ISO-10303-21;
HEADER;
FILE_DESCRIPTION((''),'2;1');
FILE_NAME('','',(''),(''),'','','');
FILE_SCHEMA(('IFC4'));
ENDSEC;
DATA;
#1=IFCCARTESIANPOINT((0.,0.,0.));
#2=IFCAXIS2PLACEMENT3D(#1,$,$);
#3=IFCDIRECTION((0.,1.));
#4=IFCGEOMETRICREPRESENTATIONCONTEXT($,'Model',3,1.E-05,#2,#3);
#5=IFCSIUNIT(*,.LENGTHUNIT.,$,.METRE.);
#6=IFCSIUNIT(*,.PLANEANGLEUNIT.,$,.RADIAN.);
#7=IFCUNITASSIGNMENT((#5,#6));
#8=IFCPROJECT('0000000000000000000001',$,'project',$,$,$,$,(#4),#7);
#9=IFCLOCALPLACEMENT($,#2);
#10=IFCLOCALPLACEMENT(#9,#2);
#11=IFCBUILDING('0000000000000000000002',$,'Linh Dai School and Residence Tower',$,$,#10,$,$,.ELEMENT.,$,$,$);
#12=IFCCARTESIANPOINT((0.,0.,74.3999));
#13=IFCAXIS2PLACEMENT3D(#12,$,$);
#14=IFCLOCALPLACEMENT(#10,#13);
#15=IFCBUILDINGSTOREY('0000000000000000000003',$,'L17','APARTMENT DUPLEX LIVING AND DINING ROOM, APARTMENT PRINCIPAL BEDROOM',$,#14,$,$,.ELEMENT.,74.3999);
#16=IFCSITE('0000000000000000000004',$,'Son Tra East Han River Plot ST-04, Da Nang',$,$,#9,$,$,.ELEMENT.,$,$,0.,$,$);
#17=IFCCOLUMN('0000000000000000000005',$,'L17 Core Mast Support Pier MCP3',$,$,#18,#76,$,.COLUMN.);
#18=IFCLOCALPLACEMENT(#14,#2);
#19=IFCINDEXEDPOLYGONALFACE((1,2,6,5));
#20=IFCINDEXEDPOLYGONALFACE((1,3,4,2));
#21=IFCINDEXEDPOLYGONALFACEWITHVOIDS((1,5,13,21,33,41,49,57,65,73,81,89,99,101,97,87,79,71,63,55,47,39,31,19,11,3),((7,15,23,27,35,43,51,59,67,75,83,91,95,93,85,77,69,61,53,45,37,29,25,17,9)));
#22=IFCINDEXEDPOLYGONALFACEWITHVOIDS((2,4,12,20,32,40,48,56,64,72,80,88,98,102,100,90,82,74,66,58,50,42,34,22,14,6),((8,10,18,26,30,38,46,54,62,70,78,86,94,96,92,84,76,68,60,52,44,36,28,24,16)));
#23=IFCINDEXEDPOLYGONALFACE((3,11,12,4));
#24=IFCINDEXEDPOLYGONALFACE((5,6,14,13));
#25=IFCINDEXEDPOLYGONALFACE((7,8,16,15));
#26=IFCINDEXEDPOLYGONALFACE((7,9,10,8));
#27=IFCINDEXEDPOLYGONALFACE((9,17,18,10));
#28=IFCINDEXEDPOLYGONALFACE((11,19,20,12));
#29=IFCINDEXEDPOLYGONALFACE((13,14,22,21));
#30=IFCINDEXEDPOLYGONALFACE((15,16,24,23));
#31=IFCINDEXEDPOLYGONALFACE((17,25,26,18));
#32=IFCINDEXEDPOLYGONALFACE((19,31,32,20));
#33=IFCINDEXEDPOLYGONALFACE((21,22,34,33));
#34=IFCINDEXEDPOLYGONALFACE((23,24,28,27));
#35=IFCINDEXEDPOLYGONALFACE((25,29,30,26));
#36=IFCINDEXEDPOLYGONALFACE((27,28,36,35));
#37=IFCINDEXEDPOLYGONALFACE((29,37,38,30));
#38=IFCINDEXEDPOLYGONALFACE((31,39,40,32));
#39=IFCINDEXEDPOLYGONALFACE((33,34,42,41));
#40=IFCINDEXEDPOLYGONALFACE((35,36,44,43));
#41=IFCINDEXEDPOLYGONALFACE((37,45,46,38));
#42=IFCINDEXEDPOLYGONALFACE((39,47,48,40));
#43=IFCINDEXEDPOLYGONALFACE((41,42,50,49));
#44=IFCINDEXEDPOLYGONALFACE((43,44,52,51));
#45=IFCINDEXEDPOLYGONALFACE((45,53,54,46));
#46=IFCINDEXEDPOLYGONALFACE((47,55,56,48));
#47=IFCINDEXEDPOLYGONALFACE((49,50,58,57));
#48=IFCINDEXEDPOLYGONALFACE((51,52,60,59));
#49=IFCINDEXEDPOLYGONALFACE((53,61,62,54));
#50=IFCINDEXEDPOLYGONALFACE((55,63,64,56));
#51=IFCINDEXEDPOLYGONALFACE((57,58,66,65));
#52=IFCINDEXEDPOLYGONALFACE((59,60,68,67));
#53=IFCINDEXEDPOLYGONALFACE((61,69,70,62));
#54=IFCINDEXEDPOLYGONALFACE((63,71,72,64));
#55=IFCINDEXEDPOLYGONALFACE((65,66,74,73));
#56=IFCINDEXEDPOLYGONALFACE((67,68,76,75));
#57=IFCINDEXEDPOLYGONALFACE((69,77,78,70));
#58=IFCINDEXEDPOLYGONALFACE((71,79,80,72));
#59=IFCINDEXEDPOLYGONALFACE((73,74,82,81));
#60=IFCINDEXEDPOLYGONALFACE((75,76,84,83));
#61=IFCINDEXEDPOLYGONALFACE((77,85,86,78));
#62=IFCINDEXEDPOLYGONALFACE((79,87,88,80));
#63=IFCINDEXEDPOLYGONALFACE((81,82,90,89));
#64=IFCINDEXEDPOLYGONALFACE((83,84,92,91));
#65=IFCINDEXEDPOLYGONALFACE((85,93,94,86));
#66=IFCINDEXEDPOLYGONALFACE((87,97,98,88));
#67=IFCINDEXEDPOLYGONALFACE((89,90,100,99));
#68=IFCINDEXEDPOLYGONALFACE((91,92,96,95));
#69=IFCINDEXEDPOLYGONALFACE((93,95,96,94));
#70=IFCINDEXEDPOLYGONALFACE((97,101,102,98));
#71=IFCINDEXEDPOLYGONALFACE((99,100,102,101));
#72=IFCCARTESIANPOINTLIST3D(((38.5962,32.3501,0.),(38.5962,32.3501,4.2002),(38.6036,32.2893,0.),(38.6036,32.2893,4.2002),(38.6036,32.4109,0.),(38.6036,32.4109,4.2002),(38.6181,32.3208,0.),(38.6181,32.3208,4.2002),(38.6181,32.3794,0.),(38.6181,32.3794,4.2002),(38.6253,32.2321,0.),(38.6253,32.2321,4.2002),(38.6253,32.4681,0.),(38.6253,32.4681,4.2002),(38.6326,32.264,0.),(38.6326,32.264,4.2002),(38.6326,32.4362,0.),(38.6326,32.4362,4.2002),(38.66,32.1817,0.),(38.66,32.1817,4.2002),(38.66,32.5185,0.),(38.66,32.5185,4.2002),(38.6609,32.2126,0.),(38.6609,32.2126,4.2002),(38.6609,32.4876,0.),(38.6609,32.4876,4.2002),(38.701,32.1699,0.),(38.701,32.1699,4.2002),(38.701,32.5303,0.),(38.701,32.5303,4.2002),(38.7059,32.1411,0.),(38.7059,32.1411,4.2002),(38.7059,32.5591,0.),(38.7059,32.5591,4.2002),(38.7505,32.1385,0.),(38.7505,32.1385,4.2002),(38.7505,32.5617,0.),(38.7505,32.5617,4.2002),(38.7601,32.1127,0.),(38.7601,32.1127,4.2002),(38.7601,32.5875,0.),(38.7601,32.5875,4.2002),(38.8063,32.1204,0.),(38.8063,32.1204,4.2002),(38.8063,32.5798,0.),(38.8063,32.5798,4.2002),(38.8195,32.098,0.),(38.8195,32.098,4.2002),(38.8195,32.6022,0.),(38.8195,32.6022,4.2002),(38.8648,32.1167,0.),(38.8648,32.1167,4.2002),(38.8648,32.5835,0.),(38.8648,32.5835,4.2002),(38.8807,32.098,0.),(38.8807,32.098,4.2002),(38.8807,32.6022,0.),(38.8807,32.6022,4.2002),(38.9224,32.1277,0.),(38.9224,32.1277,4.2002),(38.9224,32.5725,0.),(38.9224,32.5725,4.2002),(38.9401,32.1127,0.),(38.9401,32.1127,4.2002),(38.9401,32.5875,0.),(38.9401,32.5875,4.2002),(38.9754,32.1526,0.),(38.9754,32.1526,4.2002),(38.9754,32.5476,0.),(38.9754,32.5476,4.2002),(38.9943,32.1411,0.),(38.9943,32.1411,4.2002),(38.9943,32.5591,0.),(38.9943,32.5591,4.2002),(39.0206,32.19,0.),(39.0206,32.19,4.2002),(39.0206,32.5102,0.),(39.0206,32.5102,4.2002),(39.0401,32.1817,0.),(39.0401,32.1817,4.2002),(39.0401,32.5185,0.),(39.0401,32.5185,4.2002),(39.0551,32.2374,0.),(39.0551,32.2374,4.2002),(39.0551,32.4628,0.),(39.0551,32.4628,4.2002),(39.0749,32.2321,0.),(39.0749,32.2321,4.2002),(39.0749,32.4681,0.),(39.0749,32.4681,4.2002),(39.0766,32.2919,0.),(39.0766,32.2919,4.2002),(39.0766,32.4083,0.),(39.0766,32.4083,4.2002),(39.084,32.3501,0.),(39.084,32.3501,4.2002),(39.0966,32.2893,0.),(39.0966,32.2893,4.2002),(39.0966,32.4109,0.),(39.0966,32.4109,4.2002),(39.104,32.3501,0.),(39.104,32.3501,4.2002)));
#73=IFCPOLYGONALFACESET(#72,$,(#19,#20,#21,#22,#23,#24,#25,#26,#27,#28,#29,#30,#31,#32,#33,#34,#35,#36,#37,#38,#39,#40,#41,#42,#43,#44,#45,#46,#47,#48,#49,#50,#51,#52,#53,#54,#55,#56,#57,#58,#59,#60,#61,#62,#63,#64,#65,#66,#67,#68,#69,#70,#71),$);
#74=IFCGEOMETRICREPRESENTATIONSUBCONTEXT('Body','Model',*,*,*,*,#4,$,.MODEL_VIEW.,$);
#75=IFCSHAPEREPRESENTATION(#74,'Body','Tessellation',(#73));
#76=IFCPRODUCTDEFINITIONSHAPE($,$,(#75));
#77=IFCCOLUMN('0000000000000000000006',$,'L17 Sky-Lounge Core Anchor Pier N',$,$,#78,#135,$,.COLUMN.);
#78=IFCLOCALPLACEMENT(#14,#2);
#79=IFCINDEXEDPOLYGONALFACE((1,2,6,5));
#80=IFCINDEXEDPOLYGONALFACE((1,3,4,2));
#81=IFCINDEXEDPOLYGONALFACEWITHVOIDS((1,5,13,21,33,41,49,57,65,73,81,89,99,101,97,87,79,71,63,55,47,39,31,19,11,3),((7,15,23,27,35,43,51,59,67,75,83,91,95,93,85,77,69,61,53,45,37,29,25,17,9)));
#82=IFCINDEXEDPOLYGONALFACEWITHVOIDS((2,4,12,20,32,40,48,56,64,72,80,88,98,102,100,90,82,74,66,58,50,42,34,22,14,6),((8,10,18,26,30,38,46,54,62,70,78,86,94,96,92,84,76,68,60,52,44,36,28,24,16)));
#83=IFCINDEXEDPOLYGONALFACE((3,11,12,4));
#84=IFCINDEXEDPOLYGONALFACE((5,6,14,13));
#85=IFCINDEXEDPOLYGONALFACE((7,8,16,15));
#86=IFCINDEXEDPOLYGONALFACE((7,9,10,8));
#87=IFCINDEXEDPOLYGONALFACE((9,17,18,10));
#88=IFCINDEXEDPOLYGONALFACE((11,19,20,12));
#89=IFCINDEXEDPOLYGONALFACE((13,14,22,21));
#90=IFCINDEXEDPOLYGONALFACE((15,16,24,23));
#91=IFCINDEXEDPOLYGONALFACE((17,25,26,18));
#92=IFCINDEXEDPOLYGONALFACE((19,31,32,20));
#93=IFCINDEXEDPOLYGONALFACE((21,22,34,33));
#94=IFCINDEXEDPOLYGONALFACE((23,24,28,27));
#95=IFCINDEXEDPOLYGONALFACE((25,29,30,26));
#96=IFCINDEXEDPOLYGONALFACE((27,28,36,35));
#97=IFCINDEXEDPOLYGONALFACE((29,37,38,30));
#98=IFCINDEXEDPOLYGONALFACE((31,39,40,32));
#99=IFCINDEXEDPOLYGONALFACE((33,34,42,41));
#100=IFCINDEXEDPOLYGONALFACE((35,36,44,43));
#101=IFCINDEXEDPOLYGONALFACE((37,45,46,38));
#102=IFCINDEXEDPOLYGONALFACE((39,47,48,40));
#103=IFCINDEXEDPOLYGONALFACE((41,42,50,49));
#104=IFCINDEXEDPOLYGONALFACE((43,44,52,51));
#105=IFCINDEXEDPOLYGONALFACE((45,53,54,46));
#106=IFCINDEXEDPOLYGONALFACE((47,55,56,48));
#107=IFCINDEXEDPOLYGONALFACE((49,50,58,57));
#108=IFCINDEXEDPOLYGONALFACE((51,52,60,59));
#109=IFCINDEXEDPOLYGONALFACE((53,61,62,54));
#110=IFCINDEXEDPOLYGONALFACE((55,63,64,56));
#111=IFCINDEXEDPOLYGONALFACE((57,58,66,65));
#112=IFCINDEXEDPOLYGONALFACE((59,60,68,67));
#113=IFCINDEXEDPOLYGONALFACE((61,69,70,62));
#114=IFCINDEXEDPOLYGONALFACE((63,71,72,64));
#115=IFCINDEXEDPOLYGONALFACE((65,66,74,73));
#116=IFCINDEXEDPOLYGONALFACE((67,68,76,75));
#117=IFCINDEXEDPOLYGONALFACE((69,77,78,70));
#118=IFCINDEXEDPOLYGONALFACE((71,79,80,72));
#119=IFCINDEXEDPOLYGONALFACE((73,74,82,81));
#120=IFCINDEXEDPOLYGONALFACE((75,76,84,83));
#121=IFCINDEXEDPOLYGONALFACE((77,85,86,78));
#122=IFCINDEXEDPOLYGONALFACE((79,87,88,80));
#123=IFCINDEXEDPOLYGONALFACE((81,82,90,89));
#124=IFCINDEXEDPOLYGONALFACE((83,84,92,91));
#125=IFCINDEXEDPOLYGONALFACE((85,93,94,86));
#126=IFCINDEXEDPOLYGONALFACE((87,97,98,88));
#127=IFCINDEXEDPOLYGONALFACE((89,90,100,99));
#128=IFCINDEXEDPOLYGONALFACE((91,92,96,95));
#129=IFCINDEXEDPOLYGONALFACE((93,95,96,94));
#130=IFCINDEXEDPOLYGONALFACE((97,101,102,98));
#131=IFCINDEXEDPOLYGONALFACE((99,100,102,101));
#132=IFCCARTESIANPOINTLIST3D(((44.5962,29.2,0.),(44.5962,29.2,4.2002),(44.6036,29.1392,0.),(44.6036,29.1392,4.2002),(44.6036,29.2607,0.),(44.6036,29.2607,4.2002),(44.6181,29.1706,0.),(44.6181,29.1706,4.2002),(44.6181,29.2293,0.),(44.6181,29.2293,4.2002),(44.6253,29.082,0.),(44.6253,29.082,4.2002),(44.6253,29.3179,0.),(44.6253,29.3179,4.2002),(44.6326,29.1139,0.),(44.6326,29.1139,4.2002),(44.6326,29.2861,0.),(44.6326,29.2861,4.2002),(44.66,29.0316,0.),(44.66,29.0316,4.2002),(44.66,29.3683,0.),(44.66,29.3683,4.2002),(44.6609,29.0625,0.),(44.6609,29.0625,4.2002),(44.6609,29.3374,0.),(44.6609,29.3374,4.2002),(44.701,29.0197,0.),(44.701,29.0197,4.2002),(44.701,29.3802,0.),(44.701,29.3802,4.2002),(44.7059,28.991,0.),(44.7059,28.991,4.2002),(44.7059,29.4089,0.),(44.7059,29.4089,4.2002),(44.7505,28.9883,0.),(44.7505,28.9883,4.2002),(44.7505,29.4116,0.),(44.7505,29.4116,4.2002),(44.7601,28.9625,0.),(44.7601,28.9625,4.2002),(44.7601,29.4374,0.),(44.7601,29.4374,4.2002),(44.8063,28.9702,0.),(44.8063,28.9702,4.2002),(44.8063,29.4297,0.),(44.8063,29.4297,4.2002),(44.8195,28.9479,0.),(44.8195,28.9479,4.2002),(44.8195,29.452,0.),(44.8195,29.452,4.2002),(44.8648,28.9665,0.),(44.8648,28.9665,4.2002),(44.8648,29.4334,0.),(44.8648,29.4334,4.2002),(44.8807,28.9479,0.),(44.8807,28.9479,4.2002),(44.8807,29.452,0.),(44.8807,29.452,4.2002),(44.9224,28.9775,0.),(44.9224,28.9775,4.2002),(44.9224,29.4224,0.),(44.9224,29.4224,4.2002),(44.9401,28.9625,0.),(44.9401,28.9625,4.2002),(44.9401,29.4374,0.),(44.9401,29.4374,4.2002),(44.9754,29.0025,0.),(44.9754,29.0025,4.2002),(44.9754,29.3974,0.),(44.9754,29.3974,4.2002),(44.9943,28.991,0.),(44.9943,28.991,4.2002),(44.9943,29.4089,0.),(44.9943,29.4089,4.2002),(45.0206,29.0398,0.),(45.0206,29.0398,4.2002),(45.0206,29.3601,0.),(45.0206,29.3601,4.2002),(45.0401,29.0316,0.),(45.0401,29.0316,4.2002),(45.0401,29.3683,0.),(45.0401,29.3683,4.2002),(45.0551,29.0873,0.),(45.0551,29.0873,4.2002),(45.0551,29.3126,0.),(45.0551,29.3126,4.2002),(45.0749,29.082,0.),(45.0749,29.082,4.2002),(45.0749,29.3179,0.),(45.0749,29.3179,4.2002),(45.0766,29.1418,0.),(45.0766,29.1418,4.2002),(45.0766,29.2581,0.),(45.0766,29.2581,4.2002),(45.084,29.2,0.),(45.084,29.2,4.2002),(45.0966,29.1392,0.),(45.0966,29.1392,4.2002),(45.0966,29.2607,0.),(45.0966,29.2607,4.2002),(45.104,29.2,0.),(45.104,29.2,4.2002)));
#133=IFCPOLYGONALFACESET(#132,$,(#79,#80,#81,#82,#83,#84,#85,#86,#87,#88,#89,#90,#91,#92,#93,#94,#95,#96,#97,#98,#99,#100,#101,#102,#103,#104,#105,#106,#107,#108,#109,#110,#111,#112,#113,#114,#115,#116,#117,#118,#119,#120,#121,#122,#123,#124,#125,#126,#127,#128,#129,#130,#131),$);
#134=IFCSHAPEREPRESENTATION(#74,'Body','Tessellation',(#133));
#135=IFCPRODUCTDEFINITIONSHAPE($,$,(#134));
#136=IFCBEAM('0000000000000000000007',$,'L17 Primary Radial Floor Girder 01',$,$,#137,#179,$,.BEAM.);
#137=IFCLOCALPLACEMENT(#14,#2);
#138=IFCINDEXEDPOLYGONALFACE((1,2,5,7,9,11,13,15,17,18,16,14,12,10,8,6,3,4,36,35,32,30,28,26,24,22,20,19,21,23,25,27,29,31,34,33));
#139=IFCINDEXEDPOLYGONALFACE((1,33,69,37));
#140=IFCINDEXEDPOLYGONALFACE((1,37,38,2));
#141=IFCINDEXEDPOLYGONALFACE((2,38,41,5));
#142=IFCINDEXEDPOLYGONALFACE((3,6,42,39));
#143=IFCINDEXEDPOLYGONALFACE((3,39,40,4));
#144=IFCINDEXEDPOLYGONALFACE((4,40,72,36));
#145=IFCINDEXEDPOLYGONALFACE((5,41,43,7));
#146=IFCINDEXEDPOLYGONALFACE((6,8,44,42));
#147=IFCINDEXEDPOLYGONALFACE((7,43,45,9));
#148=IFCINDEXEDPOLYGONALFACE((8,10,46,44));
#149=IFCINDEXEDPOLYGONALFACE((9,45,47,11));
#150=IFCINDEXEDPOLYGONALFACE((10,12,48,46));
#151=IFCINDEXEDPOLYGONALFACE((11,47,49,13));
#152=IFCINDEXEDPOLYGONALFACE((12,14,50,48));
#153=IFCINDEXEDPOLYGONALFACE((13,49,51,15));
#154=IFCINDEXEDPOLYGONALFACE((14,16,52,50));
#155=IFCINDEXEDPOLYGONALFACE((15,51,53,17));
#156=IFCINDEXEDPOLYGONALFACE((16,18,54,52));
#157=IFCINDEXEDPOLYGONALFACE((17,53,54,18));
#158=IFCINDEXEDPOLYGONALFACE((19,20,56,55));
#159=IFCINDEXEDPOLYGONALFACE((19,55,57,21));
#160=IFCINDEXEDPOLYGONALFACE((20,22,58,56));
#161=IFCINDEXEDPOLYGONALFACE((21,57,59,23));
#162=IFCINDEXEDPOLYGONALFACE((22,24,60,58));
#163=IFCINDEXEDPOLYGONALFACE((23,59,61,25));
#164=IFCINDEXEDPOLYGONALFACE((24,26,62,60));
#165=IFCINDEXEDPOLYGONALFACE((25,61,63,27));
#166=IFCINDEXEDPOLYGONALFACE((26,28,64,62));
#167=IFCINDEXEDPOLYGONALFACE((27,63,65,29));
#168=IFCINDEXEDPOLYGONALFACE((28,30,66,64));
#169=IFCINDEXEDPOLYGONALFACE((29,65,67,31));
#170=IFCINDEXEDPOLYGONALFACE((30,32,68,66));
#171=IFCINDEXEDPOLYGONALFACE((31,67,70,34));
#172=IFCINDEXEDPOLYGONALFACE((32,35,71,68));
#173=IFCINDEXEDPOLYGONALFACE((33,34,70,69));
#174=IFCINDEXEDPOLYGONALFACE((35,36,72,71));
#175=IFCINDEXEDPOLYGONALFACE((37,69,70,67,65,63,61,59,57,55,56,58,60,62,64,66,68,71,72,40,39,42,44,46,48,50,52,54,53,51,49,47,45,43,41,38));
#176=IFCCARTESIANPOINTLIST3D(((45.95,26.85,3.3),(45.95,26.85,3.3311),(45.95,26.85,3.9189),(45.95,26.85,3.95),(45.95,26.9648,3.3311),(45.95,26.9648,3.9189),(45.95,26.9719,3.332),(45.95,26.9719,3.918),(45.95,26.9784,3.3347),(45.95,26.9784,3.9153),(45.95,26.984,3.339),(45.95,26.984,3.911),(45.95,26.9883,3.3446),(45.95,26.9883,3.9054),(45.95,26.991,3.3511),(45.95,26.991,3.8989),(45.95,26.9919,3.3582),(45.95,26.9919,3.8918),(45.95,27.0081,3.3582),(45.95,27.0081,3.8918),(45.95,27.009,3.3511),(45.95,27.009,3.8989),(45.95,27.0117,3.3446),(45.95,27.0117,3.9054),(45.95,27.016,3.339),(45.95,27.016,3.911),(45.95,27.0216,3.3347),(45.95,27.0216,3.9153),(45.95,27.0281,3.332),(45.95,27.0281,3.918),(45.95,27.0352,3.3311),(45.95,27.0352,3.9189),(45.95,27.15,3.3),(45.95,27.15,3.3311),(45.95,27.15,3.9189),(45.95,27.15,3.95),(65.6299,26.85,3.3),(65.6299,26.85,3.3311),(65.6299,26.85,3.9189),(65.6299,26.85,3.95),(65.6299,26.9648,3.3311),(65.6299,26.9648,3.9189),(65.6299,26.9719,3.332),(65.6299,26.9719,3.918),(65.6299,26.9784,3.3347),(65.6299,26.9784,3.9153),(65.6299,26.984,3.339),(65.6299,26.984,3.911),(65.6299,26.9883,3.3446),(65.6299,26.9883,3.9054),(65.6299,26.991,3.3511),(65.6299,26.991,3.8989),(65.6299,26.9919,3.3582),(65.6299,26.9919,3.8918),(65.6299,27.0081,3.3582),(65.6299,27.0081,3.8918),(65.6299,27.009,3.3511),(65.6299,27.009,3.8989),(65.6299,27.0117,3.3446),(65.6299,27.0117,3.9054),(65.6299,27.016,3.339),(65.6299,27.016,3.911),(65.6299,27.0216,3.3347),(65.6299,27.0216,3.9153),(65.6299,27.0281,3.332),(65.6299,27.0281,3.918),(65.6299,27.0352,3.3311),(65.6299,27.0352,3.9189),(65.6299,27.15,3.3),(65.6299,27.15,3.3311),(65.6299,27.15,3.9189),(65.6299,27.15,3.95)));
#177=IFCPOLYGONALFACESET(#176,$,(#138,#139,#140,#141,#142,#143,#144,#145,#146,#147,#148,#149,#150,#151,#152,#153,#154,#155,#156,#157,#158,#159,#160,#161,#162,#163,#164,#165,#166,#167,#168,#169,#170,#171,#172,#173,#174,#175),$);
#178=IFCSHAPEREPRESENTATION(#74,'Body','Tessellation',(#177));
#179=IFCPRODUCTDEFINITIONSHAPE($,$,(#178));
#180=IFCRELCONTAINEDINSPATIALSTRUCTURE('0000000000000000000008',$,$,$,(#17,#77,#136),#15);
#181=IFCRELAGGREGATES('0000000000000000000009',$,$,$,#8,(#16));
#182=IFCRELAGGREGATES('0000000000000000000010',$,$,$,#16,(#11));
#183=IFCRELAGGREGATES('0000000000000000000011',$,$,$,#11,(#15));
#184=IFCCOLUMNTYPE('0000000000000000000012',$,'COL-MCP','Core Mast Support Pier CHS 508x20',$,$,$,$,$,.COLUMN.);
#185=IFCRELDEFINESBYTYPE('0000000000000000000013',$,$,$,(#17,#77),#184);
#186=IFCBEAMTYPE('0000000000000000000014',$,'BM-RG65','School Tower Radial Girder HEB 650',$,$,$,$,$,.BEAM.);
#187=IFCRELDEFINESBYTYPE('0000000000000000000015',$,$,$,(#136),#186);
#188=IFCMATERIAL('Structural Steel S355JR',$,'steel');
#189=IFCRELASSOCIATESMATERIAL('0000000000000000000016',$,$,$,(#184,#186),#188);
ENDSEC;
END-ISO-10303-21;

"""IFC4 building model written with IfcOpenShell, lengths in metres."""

from ifc_helpers import new_model, si_unit, direction, frame, origin, origin_2d, place, context, subcontext, project, spatial, hollow_circle, i_section, extrude, material, material_profile, profile_set, type_object, element, save


model = new_model("IFC4")

# Units and contexts
model_context = context("Model", 3, precision=1e-05, world=origin(), true_north=direction((0.0, 1.0)))
body_context = subcontext(model_context, "Body", "Model", "MODEL_VIEW")
ifc_project = project(units=[si_unit("LENGTHUNIT", "METRE"), si_unit("PLANEANGLEUNIT", "RADIAN")], contexts=[model_context])

# Site, building, storey
site_placement = place(None, origin())
site = spatial("IfcSite", under=ifc_project, at=site_placement, Name="Son Tra East Han River Plot ST-04, Da Nang", CompositionType="ELEMENT", RefElevation=0.0)
building_placement = place(site_placement, origin())
building = spatial("IfcBuilding", under=site, at=building_placement, Name="Linh Dai School and Residence Tower", CompositionType="ELEMENT")
storey_placement = place(building_placement, frame((0.0, 0.0, 74.3999)))
storey = spatial("IfcBuildingStorey", under=building, at=storey_placement, Name="L17", Description="APARTMENT DUPLEX LIVING AND DINING ROOM, APARTMENT PRINCIPAL BEDROOM", CompositionType="ELEMENT", Elevation=74.3999)

# Columns
ifc_material_1 = material(Name="Structural Steel S355JR", Category="steel")
ifc_material_profile_1 = material_profile(ifc_material_1, hollow_circle(Radius=0.2539, WallThickness=0.02, at=origin_2d()), Name="CHS 508x20")
ifc_profile_set_1 = profile_set([ifc_material_profile_1], Name="Structural Steel S355JR")
column_type_1 = type_object("IfcColumnType", Name="COL-MCP", Description="Core Mast Support Pier CHS 508x20", PredefinedType="COLUMN", material=ifc_profile_set_1)
for number, where, z_axis, x_axis, name in (
    (1, (38.8501, 32.3501, 0.0), (0.0, 0.0, 1.0), (1.0, 0.0, 0.0), "L17 Core Mast Support Pier MCP3"),
    (2, (44.8501, 29.2, 0.0), (0.0, 0.0, 1.0), (1.0, 0.0, 0.0), "L17 Sky-Lounge Core Anchor Pier N"),
):
    element("IfcColumn", number, at=place(storey_placement, frame(where, z_axis=z_axis, x_axis=x_axis)), inside=storey, type_object=column_type_1, Name=name, PredefinedType="COLUMN", context=body_context, shape_type="SweptSolid", body=[
        extrude(hollow_circle(Radius=0.2539, WallThickness=0.02, at=origin_2d()), origin(), (0.0, 0.0, 1.0), 4.2002),
    ])

# Beam
ifc_material_profile_2 = material_profile(ifc_material_1, i_section(OverallWidth=0.3, OverallDepth=0.6499, WebThickness=0.0161, FlangeThickness=0.031, FilletRadius=0.0271, at=origin_2d()), Name="HEB 650")
ifc_profile_set_2 = profile_set([ifc_material_profile_2], Name="Structural Steel S355JR")
beam_type_1 = type_object("IfcBeamType", Name="BM-RG65", Description="School Tower Radial Girder HEB 650", PredefinedType="BEAM", material=ifc_profile_set_2)
beam_1_placement = place(storey_placement, frame((45.95, 27.0, 3.625), z_axis=(1.0, 0.0, 0.0), x_axis=(0.0, 1.0, 0.0)))
element("IfcBeam", 3, at=beam_1_placement, inside=storey, type_object=beam_type_1, Name="L17 Primary Radial Floor Girder 01", PredefinedType="BEAM", context=body_context, shape_type="SweptSolid", body=[
    extrude(i_section(OverallWidth=0.3, OverallDepth=0.6499, WebThickness=0.0161, FlangeThickness=0.031, FilletRadius=0.0271, at=origin_2d()), origin(), (0.0, 0.0, 1.0), 19.6799),
])

save(model, "model.ifc")
